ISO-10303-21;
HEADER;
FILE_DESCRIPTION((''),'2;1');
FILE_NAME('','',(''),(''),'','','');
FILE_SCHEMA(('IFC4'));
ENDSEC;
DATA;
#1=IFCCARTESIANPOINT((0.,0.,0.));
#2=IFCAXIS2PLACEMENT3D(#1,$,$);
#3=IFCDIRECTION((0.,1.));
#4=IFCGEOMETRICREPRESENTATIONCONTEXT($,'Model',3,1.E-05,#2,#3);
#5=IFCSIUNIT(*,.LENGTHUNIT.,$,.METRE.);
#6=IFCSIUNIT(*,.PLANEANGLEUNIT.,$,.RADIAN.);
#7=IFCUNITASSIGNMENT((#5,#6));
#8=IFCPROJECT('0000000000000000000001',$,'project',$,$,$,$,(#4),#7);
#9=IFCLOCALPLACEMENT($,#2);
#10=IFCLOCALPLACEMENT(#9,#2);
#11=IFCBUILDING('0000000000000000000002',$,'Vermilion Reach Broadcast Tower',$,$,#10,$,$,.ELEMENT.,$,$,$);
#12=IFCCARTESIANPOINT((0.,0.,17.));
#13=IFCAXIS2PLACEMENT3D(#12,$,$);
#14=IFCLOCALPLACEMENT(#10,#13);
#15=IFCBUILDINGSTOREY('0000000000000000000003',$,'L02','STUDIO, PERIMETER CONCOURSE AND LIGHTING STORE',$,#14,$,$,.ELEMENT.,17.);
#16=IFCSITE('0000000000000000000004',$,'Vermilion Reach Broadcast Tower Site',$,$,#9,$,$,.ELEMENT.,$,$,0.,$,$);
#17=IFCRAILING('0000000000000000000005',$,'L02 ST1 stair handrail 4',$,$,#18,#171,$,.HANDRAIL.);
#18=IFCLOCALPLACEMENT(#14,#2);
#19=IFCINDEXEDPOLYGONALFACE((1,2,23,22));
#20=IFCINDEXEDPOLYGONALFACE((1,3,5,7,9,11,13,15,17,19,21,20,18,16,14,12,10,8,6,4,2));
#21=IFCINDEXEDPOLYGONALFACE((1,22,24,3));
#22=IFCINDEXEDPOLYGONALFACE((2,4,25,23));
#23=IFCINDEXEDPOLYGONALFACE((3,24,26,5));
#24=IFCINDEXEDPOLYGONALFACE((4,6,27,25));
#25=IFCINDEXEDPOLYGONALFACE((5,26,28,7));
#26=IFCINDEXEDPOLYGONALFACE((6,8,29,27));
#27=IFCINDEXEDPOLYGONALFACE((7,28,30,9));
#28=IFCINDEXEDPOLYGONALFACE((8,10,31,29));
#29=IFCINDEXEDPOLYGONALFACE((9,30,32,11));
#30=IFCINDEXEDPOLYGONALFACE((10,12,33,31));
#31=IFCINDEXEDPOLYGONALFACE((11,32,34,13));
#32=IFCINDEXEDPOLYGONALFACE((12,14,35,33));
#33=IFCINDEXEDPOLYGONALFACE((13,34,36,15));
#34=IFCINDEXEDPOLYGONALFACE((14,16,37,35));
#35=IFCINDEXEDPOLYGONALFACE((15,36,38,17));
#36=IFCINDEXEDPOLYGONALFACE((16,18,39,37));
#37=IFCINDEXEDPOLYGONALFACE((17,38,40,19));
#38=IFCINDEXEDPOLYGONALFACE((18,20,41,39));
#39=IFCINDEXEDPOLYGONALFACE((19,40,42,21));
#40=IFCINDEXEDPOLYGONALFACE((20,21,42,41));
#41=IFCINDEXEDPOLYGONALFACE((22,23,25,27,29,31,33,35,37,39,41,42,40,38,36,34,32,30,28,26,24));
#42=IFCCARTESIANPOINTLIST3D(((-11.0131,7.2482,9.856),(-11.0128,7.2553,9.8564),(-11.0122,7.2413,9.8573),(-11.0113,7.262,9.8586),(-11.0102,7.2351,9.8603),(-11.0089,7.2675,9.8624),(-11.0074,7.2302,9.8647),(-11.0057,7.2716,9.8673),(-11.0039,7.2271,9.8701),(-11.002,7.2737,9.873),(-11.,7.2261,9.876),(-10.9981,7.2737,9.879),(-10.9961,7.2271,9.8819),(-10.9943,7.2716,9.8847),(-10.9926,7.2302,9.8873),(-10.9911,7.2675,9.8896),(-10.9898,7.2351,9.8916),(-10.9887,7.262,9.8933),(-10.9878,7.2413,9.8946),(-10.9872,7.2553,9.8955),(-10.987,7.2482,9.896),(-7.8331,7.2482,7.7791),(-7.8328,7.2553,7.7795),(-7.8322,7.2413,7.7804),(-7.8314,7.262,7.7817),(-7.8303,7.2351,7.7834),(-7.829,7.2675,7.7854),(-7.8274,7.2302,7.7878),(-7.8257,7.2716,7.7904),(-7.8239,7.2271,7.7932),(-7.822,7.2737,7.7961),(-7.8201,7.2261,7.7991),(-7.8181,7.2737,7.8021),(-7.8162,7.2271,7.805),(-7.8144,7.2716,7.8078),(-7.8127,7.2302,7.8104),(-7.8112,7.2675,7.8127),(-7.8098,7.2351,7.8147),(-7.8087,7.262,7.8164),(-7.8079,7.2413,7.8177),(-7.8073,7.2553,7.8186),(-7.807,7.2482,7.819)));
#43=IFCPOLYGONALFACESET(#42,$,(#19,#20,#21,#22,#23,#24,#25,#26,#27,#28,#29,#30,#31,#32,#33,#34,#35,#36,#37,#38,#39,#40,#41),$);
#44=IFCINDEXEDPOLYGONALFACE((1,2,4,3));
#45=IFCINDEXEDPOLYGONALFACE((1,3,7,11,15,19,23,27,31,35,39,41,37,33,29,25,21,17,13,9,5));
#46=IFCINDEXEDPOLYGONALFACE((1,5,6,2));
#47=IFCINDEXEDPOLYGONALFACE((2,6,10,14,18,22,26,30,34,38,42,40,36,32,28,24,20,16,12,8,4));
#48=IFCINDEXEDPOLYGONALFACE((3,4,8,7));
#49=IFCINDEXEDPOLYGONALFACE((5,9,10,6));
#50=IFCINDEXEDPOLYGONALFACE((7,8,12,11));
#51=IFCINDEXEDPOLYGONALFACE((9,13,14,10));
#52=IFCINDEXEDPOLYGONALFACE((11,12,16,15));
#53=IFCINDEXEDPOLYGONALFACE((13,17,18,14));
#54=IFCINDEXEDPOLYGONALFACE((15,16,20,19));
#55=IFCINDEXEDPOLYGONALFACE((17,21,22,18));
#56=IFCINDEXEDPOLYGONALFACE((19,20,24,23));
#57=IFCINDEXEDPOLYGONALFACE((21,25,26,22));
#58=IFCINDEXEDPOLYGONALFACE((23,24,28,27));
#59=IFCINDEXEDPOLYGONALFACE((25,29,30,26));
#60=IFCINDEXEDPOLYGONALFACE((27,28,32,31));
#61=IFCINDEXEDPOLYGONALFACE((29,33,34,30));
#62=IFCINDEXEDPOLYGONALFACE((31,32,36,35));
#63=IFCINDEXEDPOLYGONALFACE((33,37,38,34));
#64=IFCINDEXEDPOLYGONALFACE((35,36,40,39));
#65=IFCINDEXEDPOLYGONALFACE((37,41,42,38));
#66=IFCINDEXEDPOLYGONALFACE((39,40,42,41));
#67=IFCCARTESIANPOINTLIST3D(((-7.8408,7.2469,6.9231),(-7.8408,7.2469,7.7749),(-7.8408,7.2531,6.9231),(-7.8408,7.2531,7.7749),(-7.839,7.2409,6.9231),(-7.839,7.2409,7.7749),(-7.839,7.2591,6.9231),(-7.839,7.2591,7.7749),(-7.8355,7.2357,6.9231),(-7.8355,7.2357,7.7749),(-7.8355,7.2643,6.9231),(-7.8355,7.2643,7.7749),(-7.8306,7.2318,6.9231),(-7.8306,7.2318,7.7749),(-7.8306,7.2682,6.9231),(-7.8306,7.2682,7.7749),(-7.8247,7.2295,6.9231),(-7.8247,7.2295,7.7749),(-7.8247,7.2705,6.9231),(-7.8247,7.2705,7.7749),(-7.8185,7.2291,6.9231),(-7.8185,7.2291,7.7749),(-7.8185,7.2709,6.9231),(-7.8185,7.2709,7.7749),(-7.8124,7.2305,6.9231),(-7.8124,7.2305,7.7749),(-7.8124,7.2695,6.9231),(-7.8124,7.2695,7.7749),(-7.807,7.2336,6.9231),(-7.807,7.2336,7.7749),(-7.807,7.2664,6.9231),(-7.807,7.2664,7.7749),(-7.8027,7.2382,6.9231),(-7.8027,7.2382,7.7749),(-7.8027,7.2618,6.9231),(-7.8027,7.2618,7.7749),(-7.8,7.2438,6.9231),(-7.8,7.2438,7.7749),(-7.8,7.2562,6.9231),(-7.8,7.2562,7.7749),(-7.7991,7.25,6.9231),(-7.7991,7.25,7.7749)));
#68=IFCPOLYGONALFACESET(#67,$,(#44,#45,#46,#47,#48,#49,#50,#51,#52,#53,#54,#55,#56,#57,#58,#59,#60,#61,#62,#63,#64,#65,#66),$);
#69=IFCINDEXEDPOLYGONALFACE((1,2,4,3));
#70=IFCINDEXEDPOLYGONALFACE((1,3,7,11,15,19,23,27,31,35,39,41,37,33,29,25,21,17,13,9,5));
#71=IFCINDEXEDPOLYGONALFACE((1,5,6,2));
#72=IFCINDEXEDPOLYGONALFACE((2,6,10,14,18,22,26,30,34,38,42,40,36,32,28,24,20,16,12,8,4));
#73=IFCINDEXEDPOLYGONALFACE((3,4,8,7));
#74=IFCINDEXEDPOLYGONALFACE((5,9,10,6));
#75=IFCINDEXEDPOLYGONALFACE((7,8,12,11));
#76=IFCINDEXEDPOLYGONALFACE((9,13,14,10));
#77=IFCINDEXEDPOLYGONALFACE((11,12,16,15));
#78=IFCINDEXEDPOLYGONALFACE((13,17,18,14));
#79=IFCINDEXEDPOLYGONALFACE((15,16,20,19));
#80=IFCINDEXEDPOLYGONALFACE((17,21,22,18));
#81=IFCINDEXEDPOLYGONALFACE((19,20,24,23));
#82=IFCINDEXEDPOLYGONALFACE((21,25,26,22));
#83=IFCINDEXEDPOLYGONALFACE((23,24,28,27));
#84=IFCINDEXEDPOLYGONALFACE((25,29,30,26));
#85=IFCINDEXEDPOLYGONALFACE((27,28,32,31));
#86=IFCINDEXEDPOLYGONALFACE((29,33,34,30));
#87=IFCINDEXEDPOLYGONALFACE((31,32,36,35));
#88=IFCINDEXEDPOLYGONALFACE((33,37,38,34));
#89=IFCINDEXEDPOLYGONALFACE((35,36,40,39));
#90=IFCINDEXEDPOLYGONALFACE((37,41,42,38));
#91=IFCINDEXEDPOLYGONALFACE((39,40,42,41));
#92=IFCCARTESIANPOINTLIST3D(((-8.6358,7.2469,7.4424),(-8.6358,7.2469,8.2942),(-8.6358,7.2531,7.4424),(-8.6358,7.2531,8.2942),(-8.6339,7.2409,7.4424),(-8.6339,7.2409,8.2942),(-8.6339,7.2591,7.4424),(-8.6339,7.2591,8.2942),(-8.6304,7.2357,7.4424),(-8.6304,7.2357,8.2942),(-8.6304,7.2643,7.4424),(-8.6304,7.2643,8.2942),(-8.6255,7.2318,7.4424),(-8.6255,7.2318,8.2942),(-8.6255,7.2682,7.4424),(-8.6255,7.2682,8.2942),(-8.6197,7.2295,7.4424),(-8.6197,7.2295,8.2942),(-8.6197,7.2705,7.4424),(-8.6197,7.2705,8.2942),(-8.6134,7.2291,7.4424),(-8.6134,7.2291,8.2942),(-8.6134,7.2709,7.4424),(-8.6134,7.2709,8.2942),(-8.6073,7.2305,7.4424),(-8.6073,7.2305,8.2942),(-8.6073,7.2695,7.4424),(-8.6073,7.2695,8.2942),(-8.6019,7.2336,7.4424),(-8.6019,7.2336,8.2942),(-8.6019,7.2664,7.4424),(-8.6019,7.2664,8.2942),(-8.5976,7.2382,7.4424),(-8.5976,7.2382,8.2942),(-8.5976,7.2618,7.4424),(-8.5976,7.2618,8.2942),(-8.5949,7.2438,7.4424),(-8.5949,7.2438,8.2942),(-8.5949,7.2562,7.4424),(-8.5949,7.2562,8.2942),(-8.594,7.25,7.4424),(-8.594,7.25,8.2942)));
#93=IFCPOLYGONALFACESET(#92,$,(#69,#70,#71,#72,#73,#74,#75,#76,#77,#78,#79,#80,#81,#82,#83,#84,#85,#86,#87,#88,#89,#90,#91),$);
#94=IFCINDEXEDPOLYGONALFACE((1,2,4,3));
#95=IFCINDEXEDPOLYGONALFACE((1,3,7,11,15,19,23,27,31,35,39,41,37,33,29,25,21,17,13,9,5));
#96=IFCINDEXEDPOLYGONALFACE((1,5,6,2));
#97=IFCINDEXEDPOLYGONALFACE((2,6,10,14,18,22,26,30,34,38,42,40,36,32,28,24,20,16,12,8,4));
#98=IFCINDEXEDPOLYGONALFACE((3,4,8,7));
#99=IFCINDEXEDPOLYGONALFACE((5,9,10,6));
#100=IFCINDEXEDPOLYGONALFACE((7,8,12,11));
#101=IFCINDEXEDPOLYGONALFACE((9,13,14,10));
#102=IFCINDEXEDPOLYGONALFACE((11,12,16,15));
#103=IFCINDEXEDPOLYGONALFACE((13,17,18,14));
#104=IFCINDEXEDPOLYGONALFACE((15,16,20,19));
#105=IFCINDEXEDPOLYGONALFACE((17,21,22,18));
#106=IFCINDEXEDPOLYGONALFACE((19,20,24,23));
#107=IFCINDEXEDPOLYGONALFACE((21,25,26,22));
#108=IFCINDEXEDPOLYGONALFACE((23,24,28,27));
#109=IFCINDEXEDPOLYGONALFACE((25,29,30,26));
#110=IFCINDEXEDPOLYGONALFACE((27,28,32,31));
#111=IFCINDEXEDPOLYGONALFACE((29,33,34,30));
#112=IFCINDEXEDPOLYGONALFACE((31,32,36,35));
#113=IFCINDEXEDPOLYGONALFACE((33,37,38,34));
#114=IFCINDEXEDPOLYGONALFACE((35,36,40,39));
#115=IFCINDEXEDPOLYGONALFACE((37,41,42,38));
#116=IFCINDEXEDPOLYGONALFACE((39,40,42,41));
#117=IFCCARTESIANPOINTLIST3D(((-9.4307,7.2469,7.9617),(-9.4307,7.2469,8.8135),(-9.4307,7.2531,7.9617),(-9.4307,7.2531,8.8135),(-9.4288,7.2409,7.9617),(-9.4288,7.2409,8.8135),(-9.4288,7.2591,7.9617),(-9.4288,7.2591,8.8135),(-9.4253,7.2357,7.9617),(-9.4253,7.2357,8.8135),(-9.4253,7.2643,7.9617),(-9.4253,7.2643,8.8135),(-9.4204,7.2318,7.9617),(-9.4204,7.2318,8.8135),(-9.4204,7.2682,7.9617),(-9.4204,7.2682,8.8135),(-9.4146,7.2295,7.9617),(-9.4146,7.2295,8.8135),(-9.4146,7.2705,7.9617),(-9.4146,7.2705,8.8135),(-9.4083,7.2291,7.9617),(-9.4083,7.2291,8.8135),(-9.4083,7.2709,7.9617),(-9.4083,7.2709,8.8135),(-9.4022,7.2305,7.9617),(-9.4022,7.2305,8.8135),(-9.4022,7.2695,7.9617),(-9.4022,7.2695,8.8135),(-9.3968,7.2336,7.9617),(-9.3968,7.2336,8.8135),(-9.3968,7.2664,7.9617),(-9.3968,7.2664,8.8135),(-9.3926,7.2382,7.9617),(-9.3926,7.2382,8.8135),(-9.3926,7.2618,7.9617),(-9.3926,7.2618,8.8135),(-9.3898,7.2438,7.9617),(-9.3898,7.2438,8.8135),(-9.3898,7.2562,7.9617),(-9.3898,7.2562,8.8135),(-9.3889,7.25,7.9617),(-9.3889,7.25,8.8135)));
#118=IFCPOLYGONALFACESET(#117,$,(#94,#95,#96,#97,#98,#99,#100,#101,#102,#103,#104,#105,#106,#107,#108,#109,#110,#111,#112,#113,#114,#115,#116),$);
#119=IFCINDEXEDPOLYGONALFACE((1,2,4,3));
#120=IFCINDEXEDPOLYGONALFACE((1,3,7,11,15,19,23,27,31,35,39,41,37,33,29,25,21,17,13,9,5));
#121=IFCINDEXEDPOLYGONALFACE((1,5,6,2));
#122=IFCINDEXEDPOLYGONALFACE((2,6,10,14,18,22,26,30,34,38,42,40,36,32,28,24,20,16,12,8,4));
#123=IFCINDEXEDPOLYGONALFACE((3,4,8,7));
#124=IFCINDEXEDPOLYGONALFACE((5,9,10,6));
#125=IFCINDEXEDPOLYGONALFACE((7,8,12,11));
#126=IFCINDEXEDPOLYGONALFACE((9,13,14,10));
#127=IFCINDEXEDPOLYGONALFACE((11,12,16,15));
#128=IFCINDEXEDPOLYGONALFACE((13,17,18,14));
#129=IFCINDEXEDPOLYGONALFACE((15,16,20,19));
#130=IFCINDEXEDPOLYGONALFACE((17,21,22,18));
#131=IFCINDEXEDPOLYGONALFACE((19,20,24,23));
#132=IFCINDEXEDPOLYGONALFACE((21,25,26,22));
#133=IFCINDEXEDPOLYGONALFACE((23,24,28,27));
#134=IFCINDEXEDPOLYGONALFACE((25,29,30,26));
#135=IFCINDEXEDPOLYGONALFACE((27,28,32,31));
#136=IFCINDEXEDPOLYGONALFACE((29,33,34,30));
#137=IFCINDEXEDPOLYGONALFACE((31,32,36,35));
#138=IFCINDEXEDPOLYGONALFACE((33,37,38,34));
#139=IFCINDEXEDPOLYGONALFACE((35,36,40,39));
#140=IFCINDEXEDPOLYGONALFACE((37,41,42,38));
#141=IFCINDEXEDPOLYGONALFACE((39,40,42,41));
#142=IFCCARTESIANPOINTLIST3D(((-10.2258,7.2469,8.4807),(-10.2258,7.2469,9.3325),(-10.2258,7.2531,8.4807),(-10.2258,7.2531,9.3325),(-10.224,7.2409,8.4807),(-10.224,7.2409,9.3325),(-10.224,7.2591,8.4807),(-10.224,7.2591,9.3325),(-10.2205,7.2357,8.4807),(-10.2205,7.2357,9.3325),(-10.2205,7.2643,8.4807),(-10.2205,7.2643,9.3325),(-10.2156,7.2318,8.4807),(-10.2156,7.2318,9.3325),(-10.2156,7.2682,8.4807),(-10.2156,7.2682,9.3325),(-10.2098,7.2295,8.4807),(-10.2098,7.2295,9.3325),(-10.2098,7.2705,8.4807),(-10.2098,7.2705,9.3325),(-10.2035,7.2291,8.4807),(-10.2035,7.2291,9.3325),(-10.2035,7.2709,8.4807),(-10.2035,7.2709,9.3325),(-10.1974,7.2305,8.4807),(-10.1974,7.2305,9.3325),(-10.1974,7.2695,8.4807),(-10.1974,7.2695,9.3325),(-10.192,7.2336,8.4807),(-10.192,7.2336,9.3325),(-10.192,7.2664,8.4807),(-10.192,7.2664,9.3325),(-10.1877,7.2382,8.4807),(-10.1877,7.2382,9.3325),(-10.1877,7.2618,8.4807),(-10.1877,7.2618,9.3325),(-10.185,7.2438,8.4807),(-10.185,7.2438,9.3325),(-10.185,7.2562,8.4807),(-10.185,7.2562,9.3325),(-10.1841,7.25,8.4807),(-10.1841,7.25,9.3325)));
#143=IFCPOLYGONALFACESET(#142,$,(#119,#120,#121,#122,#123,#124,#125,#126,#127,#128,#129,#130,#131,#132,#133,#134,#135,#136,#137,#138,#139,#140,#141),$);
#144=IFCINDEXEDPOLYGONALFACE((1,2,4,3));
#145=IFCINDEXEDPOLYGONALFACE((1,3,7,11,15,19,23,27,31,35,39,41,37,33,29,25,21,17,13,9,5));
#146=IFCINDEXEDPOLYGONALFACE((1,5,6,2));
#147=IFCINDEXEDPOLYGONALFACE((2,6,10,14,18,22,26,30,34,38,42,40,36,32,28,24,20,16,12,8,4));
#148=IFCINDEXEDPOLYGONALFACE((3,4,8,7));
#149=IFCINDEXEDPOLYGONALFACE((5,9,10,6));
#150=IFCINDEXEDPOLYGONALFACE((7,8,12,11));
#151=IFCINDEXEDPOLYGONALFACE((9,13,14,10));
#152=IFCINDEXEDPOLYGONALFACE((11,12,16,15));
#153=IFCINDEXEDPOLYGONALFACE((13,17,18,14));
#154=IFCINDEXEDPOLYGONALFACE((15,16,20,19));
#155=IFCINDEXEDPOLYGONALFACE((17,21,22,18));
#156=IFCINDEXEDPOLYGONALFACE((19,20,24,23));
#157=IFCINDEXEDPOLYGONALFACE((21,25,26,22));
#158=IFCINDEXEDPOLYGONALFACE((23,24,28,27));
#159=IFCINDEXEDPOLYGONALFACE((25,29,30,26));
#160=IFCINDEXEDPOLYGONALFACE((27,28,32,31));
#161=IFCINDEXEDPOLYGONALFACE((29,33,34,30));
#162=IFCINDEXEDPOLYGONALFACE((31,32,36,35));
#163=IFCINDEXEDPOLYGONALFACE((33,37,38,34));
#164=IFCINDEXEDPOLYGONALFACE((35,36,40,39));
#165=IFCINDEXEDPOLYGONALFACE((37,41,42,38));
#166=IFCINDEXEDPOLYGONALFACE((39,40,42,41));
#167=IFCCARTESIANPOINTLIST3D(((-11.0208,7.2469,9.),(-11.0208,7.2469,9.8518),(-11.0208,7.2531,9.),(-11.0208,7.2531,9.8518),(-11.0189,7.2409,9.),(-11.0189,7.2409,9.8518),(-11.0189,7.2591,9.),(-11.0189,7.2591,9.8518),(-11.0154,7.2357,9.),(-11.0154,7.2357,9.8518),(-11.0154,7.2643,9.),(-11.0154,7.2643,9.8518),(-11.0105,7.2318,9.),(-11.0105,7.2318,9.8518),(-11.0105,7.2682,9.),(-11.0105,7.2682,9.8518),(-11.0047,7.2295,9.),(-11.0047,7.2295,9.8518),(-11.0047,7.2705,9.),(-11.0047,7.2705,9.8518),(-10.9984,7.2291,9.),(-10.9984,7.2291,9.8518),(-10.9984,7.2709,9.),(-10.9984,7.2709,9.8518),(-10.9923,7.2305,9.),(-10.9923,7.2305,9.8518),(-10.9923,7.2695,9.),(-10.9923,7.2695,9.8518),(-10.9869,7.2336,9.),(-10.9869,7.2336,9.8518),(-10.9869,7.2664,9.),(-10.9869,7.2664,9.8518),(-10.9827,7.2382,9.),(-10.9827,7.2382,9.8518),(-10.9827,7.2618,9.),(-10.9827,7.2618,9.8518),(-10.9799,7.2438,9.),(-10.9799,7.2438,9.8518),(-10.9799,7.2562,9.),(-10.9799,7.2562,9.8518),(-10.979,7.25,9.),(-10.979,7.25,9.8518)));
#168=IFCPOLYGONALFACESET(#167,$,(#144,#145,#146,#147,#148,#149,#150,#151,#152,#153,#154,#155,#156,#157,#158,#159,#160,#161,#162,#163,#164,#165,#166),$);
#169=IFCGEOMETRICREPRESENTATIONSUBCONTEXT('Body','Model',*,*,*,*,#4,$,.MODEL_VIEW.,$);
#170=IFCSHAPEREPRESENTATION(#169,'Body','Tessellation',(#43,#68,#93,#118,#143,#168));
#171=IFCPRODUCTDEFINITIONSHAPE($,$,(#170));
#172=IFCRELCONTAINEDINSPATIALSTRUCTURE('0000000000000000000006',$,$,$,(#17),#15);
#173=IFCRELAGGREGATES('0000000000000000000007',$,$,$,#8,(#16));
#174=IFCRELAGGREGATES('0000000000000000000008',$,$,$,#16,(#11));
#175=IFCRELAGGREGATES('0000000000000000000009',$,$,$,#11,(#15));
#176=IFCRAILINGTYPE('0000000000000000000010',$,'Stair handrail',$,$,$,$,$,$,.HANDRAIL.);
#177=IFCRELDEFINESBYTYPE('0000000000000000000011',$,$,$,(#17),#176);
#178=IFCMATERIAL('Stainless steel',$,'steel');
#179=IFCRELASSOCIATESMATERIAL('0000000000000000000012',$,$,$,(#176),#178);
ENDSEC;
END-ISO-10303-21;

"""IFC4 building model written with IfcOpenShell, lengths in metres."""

from ifc_helpers import new_model, si_unit, direction, frame, origin, origin_2d, place, context, subcontext, project, spatial, circle, extrude, material, type_object, element, save


model = new_model("IFC4")

# Units and contexts
model_context = context("Model", 3, precision=1e-05, world=origin(), true_north=direction((0.0, 1.0)))
body_context = subcontext(model_context, "Body", "Model", "MODEL_VIEW")
ifc_project = project(units=[si_unit("LENGTHUNIT", "METRE"), si_unit("PLANEANGLEUNIT", "RADIAN")], contexts=[model_context])

# Site, building, storey
site_placement = place(None, origin())
site = spatial("IfcSite", under=ifc_project, at=site_placement, Name="Vermilion Reach Broadcast Tower Site", CompositionType="ELEMENT", RefElevation=0.0)
building_placement = place(site_placement, origin())
building = spatial("IfcBuilding", under=site, at=building_placement, Name="Vermilion Reach Broadcast Tower", CompositionType="ELEMENT")
storey_placement = place(building_placement, frame((0.0, 0.0, 17.0)))
storey = spatial("IfcBuildingStorey", under=building, at=storey_placement, Name="L02", Description="STUDIO, PERIMETER CONCOURSE AND LIGHTING STORE", CompositionType="ELEMENT", Elevation=17.0)

# Railing
ifc_material_1 = material(Name="Stainless steel", Category="steel")
railing_type_1 = type_object("IfcRailingType", Name="Stair handrail", PredefinedType="HANDRAIL", material=ifc_material_1)
for number, where, name in (
    (1, (-7.8201, 7.25, 6.9231), "L02 ST1 stair handrail 4"),
):
    element("IfcRailing", number, at=place(storey_placement, frame(where)), inside=storey, type_object=railing_type_1, Name=name, PredefinedType="HANDRAIL", context=body_context, shape_type="SweptSolid", body=[
        extrude(circle(Radius=0.0239, at=origin_2d()), frame((0.0, 0.0, 0.876), z_axis=(-0.837245, 0.0, 0.546828), x_axis=(0.0, -1.0, 0.0)), (0.0, 0.0, 1.0), 3.7981),
        extrude(circle(Radius=0.021, at=origin_2d()), origin(), (0.0, 0.0, 1.0), 0.8518),
        extrude(circle(Radius=0.021, at=origin_2d()), frame((-0.7949, 0.0, 0.5193)), (0.0, 0.0, 1.0), 0.8518),
        extrude(circle(Radius=0.021, at=origin_2d()), frame((-1.5898, 0.0, 1.0386)), (0.0, 0.0, 1.0), 0.8518),
        extrude(circle(Radius=0.021, at=origin_2d()), frame((-2.385, 0.0, 1.5576)), (0.0, 0.0, 1.0), 0.8518),
        extrude(circle(Radius=0.021, at=origin_2d()), frame((-3.1799, 0.0, 2.0769)), (0.0, 0.0, 1.0), 0.8518),
    ])

save(model, "model.ifc")
